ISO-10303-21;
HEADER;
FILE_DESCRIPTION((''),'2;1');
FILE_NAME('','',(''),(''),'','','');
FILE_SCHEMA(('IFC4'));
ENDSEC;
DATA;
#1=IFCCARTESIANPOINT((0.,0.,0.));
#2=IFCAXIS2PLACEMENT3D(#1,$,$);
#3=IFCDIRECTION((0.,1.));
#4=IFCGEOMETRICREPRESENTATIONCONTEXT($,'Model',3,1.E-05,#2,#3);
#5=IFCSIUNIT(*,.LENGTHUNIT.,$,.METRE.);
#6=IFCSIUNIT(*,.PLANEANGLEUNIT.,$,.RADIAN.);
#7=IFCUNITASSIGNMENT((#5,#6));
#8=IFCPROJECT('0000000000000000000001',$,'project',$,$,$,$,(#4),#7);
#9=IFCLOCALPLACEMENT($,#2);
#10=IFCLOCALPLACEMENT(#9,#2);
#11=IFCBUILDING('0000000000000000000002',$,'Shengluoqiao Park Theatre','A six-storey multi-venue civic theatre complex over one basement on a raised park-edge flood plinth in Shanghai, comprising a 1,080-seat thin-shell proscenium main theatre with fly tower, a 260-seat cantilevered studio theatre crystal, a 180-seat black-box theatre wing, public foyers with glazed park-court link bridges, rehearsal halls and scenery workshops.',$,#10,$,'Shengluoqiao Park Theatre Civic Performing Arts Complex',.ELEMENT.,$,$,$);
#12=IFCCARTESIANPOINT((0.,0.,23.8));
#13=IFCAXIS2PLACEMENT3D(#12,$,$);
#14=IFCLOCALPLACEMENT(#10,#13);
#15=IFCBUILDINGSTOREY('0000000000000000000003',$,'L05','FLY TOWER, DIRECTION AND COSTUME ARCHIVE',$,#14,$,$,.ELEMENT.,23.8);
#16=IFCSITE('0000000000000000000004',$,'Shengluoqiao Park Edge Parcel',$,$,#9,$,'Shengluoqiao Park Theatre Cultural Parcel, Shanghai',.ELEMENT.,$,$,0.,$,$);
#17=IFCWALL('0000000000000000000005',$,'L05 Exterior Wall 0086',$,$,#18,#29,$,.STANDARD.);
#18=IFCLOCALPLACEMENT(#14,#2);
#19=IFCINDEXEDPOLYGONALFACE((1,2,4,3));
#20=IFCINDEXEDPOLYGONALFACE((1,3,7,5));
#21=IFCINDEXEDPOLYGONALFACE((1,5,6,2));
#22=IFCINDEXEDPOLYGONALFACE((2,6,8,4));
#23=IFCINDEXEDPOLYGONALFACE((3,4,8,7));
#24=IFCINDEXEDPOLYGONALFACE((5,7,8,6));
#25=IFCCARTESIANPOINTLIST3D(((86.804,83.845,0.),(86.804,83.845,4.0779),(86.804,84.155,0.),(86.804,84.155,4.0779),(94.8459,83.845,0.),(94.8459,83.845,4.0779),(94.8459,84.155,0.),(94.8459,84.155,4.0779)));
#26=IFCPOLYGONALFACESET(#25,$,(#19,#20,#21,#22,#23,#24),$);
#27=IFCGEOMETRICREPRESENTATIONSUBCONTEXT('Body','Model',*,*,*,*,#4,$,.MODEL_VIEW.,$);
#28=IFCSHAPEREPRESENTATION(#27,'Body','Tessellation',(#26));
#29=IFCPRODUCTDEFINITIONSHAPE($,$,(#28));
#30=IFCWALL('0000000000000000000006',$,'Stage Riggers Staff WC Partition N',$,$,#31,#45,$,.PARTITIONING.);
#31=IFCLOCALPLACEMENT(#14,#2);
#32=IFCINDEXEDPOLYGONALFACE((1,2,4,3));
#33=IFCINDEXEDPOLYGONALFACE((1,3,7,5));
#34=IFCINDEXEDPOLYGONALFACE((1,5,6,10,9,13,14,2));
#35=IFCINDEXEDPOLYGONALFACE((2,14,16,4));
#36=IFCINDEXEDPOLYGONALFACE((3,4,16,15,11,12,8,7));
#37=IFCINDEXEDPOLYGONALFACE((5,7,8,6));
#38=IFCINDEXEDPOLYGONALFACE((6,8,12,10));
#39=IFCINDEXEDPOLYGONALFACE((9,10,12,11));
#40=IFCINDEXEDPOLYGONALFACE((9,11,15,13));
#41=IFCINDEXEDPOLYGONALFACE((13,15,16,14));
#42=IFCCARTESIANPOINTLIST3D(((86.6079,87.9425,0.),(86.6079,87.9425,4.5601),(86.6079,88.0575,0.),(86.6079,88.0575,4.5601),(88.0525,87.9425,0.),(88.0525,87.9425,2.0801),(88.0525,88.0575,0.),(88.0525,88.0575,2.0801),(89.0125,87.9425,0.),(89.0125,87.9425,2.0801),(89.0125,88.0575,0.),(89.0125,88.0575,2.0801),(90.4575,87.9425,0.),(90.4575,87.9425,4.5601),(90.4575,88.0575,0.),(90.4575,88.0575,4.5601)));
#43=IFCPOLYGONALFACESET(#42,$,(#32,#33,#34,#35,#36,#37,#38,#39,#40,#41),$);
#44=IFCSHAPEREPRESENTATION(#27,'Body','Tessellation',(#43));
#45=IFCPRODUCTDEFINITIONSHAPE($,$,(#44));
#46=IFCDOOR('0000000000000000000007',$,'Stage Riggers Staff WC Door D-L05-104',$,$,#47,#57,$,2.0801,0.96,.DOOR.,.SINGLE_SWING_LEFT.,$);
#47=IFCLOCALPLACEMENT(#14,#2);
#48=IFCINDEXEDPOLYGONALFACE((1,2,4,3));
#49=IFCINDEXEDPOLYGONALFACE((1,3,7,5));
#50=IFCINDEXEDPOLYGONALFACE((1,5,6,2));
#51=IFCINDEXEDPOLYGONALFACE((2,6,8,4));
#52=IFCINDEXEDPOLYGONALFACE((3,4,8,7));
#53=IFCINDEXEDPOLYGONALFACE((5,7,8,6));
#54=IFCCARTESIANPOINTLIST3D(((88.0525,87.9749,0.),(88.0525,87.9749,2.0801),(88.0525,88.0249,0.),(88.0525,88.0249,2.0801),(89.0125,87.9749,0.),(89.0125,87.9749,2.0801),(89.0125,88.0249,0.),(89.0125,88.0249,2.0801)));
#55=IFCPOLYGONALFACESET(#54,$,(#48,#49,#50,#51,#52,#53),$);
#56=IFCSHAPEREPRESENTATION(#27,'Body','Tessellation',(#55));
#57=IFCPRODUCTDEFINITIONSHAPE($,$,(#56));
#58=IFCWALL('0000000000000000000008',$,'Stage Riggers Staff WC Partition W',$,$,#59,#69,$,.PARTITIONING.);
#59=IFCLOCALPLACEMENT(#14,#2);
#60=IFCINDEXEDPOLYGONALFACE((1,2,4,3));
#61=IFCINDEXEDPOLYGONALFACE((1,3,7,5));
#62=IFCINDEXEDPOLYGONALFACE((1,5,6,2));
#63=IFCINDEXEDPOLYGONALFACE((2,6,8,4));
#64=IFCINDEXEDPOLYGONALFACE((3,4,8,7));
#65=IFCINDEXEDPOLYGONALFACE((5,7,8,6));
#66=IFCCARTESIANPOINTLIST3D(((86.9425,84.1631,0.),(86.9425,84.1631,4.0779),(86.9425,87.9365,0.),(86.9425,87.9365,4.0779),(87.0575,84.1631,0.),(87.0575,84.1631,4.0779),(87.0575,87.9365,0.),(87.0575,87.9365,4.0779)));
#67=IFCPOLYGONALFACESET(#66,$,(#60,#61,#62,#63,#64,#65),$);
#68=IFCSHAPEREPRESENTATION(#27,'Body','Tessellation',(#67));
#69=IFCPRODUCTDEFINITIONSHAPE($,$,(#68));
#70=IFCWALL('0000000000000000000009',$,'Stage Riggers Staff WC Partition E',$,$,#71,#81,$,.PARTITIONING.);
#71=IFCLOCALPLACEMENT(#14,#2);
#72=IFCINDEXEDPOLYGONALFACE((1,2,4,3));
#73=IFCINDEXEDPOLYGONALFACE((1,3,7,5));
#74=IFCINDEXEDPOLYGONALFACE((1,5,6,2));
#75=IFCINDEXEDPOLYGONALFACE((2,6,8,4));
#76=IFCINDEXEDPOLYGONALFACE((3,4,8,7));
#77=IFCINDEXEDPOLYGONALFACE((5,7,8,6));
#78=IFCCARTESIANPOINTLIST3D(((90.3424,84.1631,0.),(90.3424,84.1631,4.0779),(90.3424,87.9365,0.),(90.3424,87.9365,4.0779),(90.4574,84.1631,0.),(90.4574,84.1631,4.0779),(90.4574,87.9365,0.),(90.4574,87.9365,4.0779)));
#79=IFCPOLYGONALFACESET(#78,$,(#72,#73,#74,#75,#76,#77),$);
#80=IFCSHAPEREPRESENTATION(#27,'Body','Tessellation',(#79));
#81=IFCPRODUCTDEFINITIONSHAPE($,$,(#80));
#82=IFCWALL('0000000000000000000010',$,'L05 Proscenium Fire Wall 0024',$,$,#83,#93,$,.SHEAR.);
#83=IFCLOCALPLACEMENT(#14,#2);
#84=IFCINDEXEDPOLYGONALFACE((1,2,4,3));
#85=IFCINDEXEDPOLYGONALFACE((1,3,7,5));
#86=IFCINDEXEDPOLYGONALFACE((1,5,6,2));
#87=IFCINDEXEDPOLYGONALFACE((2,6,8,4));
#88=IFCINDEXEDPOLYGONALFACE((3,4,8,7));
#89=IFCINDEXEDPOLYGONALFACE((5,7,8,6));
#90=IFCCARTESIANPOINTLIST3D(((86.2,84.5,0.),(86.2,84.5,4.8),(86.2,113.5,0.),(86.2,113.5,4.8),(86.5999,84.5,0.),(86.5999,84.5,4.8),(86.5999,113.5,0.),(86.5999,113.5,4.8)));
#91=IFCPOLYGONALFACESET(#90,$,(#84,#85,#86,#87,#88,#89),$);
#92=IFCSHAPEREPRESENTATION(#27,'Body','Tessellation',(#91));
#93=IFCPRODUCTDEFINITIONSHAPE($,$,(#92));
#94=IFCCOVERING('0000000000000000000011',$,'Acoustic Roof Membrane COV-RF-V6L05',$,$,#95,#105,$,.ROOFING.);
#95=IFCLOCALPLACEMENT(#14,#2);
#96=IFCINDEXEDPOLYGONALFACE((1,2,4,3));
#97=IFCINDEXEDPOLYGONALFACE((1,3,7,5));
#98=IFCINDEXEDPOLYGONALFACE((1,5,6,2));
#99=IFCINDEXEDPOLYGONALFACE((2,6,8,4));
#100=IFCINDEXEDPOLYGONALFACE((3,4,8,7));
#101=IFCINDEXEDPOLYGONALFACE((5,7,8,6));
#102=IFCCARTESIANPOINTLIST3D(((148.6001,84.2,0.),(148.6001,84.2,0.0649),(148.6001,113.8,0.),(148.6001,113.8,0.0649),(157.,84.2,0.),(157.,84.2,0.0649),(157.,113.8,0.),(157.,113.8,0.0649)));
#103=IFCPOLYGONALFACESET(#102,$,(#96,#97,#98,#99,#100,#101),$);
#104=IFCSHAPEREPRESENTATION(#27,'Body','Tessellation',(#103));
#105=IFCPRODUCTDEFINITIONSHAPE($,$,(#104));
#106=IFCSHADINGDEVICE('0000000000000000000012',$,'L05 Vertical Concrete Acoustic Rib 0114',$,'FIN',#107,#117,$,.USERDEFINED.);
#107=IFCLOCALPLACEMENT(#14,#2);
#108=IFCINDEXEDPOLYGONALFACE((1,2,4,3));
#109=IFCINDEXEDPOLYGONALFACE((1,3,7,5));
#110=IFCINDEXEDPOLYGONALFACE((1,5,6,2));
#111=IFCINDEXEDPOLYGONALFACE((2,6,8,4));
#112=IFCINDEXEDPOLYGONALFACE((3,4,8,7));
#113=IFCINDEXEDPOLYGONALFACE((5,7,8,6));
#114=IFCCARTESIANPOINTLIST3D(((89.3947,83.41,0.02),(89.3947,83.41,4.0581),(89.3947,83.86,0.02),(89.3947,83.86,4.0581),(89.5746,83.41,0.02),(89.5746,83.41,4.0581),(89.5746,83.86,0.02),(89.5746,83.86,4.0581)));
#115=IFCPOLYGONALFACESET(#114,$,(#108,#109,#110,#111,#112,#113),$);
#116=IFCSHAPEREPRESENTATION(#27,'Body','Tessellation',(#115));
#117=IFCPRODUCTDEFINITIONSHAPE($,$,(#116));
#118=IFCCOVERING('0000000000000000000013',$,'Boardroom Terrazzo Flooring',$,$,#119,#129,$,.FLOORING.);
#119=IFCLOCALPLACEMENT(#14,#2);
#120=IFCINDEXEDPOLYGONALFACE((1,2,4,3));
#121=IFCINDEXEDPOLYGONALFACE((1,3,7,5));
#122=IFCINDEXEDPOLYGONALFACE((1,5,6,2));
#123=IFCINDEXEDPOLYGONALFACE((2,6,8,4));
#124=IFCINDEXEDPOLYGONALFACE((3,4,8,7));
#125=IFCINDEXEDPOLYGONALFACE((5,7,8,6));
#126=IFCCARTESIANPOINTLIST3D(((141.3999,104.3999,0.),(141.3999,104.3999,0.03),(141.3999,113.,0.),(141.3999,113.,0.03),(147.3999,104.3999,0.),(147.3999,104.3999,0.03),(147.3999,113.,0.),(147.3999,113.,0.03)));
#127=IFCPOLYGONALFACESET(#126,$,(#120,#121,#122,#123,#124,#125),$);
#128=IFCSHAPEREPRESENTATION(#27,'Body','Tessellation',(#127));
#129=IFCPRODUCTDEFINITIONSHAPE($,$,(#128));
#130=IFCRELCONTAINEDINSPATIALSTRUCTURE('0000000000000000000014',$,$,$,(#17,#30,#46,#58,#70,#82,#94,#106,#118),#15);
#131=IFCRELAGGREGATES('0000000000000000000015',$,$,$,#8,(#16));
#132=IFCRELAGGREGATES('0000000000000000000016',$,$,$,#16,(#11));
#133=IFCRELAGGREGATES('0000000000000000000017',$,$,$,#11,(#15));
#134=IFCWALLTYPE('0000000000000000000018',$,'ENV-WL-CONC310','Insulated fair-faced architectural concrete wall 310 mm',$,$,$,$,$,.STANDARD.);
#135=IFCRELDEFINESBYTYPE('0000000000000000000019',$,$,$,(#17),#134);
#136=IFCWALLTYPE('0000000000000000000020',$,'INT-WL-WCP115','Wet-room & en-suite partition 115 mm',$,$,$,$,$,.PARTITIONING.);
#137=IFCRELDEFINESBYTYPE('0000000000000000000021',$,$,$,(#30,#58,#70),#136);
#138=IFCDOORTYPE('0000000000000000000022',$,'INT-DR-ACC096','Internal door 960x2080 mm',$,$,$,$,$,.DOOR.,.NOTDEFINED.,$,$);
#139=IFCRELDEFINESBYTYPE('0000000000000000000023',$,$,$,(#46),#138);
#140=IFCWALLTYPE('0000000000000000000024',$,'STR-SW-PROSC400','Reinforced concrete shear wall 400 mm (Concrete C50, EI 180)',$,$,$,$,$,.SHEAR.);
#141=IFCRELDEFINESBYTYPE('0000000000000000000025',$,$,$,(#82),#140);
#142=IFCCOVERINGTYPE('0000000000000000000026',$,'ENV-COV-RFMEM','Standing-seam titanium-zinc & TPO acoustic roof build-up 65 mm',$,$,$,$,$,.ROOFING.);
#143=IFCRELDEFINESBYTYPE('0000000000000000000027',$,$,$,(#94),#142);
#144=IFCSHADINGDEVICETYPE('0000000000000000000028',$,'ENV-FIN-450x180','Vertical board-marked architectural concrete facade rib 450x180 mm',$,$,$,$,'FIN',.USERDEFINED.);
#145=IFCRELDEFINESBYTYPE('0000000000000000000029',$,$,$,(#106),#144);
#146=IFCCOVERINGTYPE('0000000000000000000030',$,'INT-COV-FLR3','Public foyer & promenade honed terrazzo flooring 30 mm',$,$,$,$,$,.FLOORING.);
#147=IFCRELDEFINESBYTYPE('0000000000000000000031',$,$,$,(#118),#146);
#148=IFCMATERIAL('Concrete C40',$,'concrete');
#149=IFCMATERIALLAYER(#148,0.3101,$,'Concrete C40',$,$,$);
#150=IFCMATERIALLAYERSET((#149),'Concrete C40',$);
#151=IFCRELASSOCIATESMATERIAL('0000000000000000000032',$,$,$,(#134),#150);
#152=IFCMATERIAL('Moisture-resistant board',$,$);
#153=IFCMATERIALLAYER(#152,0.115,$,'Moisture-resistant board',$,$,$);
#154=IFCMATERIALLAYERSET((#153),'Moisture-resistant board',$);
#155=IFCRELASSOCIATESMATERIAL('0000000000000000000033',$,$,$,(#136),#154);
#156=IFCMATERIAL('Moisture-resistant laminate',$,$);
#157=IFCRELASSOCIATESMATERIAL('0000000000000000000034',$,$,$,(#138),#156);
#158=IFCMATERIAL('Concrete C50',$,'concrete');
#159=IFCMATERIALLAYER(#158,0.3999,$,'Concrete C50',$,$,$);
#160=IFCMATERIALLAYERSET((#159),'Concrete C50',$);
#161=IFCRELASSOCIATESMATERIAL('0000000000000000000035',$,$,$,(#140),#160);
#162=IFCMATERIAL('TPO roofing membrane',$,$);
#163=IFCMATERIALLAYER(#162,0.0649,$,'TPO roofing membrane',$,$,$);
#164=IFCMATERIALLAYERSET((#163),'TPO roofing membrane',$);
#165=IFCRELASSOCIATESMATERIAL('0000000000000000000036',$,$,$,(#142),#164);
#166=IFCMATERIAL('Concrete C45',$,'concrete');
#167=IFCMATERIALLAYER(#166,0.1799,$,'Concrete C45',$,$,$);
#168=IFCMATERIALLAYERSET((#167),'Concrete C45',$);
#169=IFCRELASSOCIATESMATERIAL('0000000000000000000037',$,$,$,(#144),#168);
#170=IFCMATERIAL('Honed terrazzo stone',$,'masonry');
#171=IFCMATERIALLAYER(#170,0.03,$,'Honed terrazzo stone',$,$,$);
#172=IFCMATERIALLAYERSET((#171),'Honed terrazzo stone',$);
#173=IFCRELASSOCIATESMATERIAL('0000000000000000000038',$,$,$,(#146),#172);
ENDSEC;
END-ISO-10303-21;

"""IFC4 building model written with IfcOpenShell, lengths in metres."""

from ifc_helpers import new_model, si_unit, direction, frame, frame_2d, origin, origin_2d, place, context, subcontext, project, spatial, polyline, rectangle, outline, extrude, material, layer, layer_set, type_object, element, fill, save


model = new_model("IFC4")

# Units and contexts
model_context = context("Model", 3, precision=1e-05, world=origin(), true_north=direction((0.0, 1.0)))
body_context = subcontext(model_context, "Body", "Model", "MODEL_VIEW")
ifc_project = project(units=[si_unit("LENGTHUNIT", "METRE"), si_unit("PLANEANGLEUNIT", "RADIAN")], contexts=[model_context])

# Site, building, storey
site_placement = place(None, origin())
site = spatial("IfcSite", under=ifc_project, at=site_placement, Name="Shengluoqiao Park Edge Parcel", LongName="Shengluoqiao Park Theatre Cultural Parcel, Shanghai", CompositionType="ELEMENT", RefElevation=0.0)
building_placement = place(site_placement, origin())
building = spatial("IfcBuilding", under=site, at=building_placement, Name="Shengluoqiao Park Theatre", Description="A six-storey multi-venue civic theatre complex over one basement on a raised park-edge flood plinth in Shanghai, comprising a 1,080-seat thin-shell proscenium main theatre with fly tower, a 260-seat cantilevered studio theatre crystal, a 180-seat black-box theatre wing, public foyers with glazed park-court link bridges, rehearsal halls and scenery workshops.", LongName="Shengluoqiao Park Theatre Civic Performing Arts Complex", CompositionType="ELEMENT")
storey_placement = place(building_placement, frame((0.0, 0.0, 23.8)))
storey = spatial("IfcBuildingStorey", under=building, at=storey_placement, Name="L05", Description="FLY TOWER, DIRECTION AND COSTUME ARCHIVE", CompositionType="ELEMENT", Elevation=23.8)

# Shared definitions
ifc_material_1 = material(Name="Concrete C50", Category="concrete")

# Shared definitions
ifc_material_2 = material(Name="Concrete C40", Category="concrete")

# Wall
ifc_layer_1 = layer(ifc_material_2, 0.3101, Name="Concrete C40")
ifc_layer_set_1 = layer_set([ifc_layer_1], Name="Concrete C40")
wall_type_1 = type_object("IfcWallType", Name="ENV-WL-CONC310", Description="Insulated fair-faced architectural concrete wall 310 mm", PredefinedType="STANDARD", material=ifc_layer_set_1)
wall_1_placement = place(storey_placement, frame((86.804, 84.0, 0.0), z_axis=(0.0, 0.0, 1.0), x_axis=(1.0, 0.0, 0.0)))
element("IfcWall", 1, at=wall_1_placement, inside=storey, type_object=wall_type_1, Name="L05 Exterior Wall 0086", PredefinedType="STANDARD", context=body_context, shape_type="SweptSolid", body=[
    extrude(rectangle(XDim=8.042, YDim=0.3101, at=frame_2d((4.021, 0.0))), origin(), (0.0, 0.0, 1.0), 4.0779),
])

# Wall, opening, door
ifc_material_3 = material(Name="Moisture-resistant board")
ifc_layer_2 = layer(ifc_material_3, 0.115, Name="Moisture-resistant board")
ifc_layer_set_2 = layer_set([ifc_layer_2], Name="Moisture-resistant board")
wall_type_2 = type_object("IfcWallType", Name="INT-WL-WCP115", Description="Wet-room & en-suite partition 115 mm", PredefinedType="PARTITIONING", material=ifc_layer_set_2)
wall_2_placement = place(storey_placement, frame((86.6079, 88.0, 0.0), z_axis=(0.0, 0.0, 1.0), x_axis=(1.0, 0.0, 0.0)))
wall_2 = element("IfcWall", 2, at=wall_2_placement, inside=storey, type_object=wall_type_2, Name="Stage Riggers Staff WC Partition N", PredefinedType="PARTITIONING", context=body_context, shape_type="SweptSolid", body=[
    extrude(rectangle(XDim=3.8496, YDim=0.115, at=frame_2d((1.9248, 0.0))), origin(), (0.0, 0.0, 1.0), 4.5601),
])
opening_placement = place(wall_2_placement, frame((1.4446, 0.0, 0.0)))
opening = element("IfcOpeningElement", 3, at=opening_placement, cuts=wall_2, PredefinedType="OPENING", context=body_context, shape_type="SweptSolid", body=[
    extrude(rectangle(XDim=0.96, YDim=2.0801, at=frame_2d((0.48, 1.04))), frame((0.0, 0.0674, 0.0), z_axis=(0.0, -1.0, 0.0), x_axis=(1.0, 0.0, 0.0)), (0.0, 0.0, 1.0), 0.135),
])
ifc_material_4 = material(Name="Moisture-resistant laminate")
door_type = type_object("IfcDoorType", Name="INT-DR-ACC096", Description="Internal door 960x2080 mm", OperationType="NOTDEFINED", PredefinedType="DOOR", material=ifc_material_4)
door_placement = place(opening_placement, origin())
door = element("IfcDoor", 4, at=door_placement, inside=storey, type_object=door_type, Name="Stage Riggers Staff WC Door D-L05-104", OperationType="SINGLE_SWING_LEFT", OverallHeight=2.0801, OverallWidth=0.96, PredefinedType="DOOR", context=body_context, shape_type="SweptSolid", body=[
    extrude(rectangle(XDim=0.96, YDim=2.0801, at=frame_2d((0.48, 1.04))), frame((0.0, 0.0249, 0.0), z_axis=(0.0, -1.0, 0.0), x_axis=(1.0, 0.0, 0.0)), (0.0, 0.0, 1.0), 0.05),
])
fill(opening, door)

# Walls
for number, where, z_axis, x_axis, name in (
    (5, (87.0, 84.1631, 0.0), (0.0, 0.0, 1.0), (0.0, 1.0, 0.0), "Stage Riggers Staff WC Partition W"),
    (6, (90.3999, 84.1631, 0.0), (0.0, 0.0, 1.0), (0.0, 1.0, 0.0), "Stage Riggers Staff WC Partition E"),
):
    element("IfcWall", number, at=place(storey_placement, frame(where, z_axis=z_axis, x_axis=x_axis)), inside=storey, type_object=wall_type_2, Name=name, PredefinedType="PARTITIONING", context=body_context, shape_type="SweptSolid", body=[
        extrude(rectangle(XDim=3.7734, YDim=0.115, at=frame_2d((1.8867, 0.0))), origin(), (0.0, 0.0, 1.0), 4.0779),
    ])
ifc_layer_3 = layer(ifc_material_1, 0.3999, Name="Concrete C50")
ifc_layer_set_3 = layer_set([ifc_layer_3], Name="Concrete C50")
wall_type_3 = type_object("IfcWallType", Name="STR-SW-PROSC400", Description="Reinforced concrete shear wall 400 mm (Concrete C50, EI 180)", PredefinedType="SHEAR", material=ifc_layer_set_3)
wall_3_placement = place(storey_placement, frame((86.3999, 84.5, 0.0), z_axis=(0.0, 0.0, 1.0), x_axis=(0.0, 1.0, 0.0)))
element("IfcWall", 7, at=wall_3_placement, inside=storey, type_object=wall_type_3, Name="L05 Proscenium Fire Wall 0024", PredefinedType="SHEAR", context=body_context, shape_type="SweptSolid", body=[
    extrude(rectangle(XDim=29.0, YDim=0.3999, at=frame_2d((14.5, 0.0))), origin(), (0.0, 0.0, 1.0), 4.8),
])

# Covering
ifc_material_5 = material(Name="TPO roofing membrane")
ifc_layer_4 = layer(ifc_material_5, 0.0649, Name="TPO roofing membrane")
ifc_layer_set_4 = layer_set([ifc_layer_4], Name="TPO roofing membrane")
covering_type_1 = type_object("IfcCoveringType", Name="ENV-COV-RFMEM", Description="Standing-seam titanium-zinc & TPO acoustic roof build-up 65 mm", PredefinedType="ROOFING", material=ifc_layer_set_4)
covering_1_placement = place(storey_placement, origin())
element("IfcCovering", 8, at=covering_1_placement, inside=storey, type_object=covering_type_1, Name="Acoustic Roof Membrane COV-RF-V6L05", PredefinedType="ROOFING", context=body_context, shape_type="SweptSolid", body=[
    extrude(outline(polyline([(148.6001, 84.2), (157.0, 84.2), (157.0, 113.8), (148.6001, 113.8), (148.6001, 84.2)])), origin(), (0.0, 0.0, 1.0), 0.0649),
])

# Shading device
ifc_material_6 = material(Name="Concrete C45", Category="concrete")
ifc_layer_5 = layer(ifc_material_6, 0.1799, Name="Concrete C45")
ifc_layer_set_5 = layer_set([ifc_layer_5], Name="Concrete C45")
shading_device_type = type_object("IfcShadingDeviceType", Name="ENV-FIN-450x180", Description="Vertical board-marked architectural concrete facade rib 450x180 mm", ElementType="FIN", PredefinedType="USERDEFINED", material=ifc_layer_set_5)
shading_device_placement = place(storey_placement, frame((89.4846, 83.635, 0.02), z_axis=(0.0, 0.0, 1.0), x_axis=(0.0, -1.0, 0.0)))
element("IfcShadingDevice", 9, at=shading_device_placement, inside=storey, type_object=shading_device_type, Name="L05 Vertical Concrete Acoustic Rib 0114", ObjectType="FIN", PredefinedType="USERDEFINED", context=body_context, shape_type="SweptSolid", body=[
    extrude(rectangle(XDim=0.45, YDim=0.1799, at=origin_2d()), origin(), (0.0, 0.0, 1.0), 4.0381),
])

# Covering
ifc_material_7 = material(Name="Honed terrazzo stone", Category="masonry")
ifc_layer_6 = layer(ifc_material_7, 0.03, Name="Honed terrazzo stone")
ifc_layer_set_6 = layer_set([ifc_layer_6], Name="Honed terrazzo stone")
covering_type_2 = type_object("IfcCoveringType", Name="INT-COV-FLR3", Description="Public foyer & promenade honed terrazzo flooring 30 mm", PredefinedType="FLOORING", material=ifc_layer_set_6)
covering_2_placement = place(storey_placement, origin())
element("IfcCovering", 10, at=covering_2_placement, inside=storey, type_object=covering_type_2, Name="Boardroom Terrazzo Flooring", PredefinedType="FLOORING", context=body_context, shape_type="SweptSolid", body=[
    extrude(outline(polyline([(141.3999, 104.3999), (147.3999, 104.3999), (147.3999, 113.0), (141.3999, 113.0), (141.3999, 104.3999)])), origin(), (0.0, 0.0, 1.0), 0.03),
])

save(model, "model.ifc")
